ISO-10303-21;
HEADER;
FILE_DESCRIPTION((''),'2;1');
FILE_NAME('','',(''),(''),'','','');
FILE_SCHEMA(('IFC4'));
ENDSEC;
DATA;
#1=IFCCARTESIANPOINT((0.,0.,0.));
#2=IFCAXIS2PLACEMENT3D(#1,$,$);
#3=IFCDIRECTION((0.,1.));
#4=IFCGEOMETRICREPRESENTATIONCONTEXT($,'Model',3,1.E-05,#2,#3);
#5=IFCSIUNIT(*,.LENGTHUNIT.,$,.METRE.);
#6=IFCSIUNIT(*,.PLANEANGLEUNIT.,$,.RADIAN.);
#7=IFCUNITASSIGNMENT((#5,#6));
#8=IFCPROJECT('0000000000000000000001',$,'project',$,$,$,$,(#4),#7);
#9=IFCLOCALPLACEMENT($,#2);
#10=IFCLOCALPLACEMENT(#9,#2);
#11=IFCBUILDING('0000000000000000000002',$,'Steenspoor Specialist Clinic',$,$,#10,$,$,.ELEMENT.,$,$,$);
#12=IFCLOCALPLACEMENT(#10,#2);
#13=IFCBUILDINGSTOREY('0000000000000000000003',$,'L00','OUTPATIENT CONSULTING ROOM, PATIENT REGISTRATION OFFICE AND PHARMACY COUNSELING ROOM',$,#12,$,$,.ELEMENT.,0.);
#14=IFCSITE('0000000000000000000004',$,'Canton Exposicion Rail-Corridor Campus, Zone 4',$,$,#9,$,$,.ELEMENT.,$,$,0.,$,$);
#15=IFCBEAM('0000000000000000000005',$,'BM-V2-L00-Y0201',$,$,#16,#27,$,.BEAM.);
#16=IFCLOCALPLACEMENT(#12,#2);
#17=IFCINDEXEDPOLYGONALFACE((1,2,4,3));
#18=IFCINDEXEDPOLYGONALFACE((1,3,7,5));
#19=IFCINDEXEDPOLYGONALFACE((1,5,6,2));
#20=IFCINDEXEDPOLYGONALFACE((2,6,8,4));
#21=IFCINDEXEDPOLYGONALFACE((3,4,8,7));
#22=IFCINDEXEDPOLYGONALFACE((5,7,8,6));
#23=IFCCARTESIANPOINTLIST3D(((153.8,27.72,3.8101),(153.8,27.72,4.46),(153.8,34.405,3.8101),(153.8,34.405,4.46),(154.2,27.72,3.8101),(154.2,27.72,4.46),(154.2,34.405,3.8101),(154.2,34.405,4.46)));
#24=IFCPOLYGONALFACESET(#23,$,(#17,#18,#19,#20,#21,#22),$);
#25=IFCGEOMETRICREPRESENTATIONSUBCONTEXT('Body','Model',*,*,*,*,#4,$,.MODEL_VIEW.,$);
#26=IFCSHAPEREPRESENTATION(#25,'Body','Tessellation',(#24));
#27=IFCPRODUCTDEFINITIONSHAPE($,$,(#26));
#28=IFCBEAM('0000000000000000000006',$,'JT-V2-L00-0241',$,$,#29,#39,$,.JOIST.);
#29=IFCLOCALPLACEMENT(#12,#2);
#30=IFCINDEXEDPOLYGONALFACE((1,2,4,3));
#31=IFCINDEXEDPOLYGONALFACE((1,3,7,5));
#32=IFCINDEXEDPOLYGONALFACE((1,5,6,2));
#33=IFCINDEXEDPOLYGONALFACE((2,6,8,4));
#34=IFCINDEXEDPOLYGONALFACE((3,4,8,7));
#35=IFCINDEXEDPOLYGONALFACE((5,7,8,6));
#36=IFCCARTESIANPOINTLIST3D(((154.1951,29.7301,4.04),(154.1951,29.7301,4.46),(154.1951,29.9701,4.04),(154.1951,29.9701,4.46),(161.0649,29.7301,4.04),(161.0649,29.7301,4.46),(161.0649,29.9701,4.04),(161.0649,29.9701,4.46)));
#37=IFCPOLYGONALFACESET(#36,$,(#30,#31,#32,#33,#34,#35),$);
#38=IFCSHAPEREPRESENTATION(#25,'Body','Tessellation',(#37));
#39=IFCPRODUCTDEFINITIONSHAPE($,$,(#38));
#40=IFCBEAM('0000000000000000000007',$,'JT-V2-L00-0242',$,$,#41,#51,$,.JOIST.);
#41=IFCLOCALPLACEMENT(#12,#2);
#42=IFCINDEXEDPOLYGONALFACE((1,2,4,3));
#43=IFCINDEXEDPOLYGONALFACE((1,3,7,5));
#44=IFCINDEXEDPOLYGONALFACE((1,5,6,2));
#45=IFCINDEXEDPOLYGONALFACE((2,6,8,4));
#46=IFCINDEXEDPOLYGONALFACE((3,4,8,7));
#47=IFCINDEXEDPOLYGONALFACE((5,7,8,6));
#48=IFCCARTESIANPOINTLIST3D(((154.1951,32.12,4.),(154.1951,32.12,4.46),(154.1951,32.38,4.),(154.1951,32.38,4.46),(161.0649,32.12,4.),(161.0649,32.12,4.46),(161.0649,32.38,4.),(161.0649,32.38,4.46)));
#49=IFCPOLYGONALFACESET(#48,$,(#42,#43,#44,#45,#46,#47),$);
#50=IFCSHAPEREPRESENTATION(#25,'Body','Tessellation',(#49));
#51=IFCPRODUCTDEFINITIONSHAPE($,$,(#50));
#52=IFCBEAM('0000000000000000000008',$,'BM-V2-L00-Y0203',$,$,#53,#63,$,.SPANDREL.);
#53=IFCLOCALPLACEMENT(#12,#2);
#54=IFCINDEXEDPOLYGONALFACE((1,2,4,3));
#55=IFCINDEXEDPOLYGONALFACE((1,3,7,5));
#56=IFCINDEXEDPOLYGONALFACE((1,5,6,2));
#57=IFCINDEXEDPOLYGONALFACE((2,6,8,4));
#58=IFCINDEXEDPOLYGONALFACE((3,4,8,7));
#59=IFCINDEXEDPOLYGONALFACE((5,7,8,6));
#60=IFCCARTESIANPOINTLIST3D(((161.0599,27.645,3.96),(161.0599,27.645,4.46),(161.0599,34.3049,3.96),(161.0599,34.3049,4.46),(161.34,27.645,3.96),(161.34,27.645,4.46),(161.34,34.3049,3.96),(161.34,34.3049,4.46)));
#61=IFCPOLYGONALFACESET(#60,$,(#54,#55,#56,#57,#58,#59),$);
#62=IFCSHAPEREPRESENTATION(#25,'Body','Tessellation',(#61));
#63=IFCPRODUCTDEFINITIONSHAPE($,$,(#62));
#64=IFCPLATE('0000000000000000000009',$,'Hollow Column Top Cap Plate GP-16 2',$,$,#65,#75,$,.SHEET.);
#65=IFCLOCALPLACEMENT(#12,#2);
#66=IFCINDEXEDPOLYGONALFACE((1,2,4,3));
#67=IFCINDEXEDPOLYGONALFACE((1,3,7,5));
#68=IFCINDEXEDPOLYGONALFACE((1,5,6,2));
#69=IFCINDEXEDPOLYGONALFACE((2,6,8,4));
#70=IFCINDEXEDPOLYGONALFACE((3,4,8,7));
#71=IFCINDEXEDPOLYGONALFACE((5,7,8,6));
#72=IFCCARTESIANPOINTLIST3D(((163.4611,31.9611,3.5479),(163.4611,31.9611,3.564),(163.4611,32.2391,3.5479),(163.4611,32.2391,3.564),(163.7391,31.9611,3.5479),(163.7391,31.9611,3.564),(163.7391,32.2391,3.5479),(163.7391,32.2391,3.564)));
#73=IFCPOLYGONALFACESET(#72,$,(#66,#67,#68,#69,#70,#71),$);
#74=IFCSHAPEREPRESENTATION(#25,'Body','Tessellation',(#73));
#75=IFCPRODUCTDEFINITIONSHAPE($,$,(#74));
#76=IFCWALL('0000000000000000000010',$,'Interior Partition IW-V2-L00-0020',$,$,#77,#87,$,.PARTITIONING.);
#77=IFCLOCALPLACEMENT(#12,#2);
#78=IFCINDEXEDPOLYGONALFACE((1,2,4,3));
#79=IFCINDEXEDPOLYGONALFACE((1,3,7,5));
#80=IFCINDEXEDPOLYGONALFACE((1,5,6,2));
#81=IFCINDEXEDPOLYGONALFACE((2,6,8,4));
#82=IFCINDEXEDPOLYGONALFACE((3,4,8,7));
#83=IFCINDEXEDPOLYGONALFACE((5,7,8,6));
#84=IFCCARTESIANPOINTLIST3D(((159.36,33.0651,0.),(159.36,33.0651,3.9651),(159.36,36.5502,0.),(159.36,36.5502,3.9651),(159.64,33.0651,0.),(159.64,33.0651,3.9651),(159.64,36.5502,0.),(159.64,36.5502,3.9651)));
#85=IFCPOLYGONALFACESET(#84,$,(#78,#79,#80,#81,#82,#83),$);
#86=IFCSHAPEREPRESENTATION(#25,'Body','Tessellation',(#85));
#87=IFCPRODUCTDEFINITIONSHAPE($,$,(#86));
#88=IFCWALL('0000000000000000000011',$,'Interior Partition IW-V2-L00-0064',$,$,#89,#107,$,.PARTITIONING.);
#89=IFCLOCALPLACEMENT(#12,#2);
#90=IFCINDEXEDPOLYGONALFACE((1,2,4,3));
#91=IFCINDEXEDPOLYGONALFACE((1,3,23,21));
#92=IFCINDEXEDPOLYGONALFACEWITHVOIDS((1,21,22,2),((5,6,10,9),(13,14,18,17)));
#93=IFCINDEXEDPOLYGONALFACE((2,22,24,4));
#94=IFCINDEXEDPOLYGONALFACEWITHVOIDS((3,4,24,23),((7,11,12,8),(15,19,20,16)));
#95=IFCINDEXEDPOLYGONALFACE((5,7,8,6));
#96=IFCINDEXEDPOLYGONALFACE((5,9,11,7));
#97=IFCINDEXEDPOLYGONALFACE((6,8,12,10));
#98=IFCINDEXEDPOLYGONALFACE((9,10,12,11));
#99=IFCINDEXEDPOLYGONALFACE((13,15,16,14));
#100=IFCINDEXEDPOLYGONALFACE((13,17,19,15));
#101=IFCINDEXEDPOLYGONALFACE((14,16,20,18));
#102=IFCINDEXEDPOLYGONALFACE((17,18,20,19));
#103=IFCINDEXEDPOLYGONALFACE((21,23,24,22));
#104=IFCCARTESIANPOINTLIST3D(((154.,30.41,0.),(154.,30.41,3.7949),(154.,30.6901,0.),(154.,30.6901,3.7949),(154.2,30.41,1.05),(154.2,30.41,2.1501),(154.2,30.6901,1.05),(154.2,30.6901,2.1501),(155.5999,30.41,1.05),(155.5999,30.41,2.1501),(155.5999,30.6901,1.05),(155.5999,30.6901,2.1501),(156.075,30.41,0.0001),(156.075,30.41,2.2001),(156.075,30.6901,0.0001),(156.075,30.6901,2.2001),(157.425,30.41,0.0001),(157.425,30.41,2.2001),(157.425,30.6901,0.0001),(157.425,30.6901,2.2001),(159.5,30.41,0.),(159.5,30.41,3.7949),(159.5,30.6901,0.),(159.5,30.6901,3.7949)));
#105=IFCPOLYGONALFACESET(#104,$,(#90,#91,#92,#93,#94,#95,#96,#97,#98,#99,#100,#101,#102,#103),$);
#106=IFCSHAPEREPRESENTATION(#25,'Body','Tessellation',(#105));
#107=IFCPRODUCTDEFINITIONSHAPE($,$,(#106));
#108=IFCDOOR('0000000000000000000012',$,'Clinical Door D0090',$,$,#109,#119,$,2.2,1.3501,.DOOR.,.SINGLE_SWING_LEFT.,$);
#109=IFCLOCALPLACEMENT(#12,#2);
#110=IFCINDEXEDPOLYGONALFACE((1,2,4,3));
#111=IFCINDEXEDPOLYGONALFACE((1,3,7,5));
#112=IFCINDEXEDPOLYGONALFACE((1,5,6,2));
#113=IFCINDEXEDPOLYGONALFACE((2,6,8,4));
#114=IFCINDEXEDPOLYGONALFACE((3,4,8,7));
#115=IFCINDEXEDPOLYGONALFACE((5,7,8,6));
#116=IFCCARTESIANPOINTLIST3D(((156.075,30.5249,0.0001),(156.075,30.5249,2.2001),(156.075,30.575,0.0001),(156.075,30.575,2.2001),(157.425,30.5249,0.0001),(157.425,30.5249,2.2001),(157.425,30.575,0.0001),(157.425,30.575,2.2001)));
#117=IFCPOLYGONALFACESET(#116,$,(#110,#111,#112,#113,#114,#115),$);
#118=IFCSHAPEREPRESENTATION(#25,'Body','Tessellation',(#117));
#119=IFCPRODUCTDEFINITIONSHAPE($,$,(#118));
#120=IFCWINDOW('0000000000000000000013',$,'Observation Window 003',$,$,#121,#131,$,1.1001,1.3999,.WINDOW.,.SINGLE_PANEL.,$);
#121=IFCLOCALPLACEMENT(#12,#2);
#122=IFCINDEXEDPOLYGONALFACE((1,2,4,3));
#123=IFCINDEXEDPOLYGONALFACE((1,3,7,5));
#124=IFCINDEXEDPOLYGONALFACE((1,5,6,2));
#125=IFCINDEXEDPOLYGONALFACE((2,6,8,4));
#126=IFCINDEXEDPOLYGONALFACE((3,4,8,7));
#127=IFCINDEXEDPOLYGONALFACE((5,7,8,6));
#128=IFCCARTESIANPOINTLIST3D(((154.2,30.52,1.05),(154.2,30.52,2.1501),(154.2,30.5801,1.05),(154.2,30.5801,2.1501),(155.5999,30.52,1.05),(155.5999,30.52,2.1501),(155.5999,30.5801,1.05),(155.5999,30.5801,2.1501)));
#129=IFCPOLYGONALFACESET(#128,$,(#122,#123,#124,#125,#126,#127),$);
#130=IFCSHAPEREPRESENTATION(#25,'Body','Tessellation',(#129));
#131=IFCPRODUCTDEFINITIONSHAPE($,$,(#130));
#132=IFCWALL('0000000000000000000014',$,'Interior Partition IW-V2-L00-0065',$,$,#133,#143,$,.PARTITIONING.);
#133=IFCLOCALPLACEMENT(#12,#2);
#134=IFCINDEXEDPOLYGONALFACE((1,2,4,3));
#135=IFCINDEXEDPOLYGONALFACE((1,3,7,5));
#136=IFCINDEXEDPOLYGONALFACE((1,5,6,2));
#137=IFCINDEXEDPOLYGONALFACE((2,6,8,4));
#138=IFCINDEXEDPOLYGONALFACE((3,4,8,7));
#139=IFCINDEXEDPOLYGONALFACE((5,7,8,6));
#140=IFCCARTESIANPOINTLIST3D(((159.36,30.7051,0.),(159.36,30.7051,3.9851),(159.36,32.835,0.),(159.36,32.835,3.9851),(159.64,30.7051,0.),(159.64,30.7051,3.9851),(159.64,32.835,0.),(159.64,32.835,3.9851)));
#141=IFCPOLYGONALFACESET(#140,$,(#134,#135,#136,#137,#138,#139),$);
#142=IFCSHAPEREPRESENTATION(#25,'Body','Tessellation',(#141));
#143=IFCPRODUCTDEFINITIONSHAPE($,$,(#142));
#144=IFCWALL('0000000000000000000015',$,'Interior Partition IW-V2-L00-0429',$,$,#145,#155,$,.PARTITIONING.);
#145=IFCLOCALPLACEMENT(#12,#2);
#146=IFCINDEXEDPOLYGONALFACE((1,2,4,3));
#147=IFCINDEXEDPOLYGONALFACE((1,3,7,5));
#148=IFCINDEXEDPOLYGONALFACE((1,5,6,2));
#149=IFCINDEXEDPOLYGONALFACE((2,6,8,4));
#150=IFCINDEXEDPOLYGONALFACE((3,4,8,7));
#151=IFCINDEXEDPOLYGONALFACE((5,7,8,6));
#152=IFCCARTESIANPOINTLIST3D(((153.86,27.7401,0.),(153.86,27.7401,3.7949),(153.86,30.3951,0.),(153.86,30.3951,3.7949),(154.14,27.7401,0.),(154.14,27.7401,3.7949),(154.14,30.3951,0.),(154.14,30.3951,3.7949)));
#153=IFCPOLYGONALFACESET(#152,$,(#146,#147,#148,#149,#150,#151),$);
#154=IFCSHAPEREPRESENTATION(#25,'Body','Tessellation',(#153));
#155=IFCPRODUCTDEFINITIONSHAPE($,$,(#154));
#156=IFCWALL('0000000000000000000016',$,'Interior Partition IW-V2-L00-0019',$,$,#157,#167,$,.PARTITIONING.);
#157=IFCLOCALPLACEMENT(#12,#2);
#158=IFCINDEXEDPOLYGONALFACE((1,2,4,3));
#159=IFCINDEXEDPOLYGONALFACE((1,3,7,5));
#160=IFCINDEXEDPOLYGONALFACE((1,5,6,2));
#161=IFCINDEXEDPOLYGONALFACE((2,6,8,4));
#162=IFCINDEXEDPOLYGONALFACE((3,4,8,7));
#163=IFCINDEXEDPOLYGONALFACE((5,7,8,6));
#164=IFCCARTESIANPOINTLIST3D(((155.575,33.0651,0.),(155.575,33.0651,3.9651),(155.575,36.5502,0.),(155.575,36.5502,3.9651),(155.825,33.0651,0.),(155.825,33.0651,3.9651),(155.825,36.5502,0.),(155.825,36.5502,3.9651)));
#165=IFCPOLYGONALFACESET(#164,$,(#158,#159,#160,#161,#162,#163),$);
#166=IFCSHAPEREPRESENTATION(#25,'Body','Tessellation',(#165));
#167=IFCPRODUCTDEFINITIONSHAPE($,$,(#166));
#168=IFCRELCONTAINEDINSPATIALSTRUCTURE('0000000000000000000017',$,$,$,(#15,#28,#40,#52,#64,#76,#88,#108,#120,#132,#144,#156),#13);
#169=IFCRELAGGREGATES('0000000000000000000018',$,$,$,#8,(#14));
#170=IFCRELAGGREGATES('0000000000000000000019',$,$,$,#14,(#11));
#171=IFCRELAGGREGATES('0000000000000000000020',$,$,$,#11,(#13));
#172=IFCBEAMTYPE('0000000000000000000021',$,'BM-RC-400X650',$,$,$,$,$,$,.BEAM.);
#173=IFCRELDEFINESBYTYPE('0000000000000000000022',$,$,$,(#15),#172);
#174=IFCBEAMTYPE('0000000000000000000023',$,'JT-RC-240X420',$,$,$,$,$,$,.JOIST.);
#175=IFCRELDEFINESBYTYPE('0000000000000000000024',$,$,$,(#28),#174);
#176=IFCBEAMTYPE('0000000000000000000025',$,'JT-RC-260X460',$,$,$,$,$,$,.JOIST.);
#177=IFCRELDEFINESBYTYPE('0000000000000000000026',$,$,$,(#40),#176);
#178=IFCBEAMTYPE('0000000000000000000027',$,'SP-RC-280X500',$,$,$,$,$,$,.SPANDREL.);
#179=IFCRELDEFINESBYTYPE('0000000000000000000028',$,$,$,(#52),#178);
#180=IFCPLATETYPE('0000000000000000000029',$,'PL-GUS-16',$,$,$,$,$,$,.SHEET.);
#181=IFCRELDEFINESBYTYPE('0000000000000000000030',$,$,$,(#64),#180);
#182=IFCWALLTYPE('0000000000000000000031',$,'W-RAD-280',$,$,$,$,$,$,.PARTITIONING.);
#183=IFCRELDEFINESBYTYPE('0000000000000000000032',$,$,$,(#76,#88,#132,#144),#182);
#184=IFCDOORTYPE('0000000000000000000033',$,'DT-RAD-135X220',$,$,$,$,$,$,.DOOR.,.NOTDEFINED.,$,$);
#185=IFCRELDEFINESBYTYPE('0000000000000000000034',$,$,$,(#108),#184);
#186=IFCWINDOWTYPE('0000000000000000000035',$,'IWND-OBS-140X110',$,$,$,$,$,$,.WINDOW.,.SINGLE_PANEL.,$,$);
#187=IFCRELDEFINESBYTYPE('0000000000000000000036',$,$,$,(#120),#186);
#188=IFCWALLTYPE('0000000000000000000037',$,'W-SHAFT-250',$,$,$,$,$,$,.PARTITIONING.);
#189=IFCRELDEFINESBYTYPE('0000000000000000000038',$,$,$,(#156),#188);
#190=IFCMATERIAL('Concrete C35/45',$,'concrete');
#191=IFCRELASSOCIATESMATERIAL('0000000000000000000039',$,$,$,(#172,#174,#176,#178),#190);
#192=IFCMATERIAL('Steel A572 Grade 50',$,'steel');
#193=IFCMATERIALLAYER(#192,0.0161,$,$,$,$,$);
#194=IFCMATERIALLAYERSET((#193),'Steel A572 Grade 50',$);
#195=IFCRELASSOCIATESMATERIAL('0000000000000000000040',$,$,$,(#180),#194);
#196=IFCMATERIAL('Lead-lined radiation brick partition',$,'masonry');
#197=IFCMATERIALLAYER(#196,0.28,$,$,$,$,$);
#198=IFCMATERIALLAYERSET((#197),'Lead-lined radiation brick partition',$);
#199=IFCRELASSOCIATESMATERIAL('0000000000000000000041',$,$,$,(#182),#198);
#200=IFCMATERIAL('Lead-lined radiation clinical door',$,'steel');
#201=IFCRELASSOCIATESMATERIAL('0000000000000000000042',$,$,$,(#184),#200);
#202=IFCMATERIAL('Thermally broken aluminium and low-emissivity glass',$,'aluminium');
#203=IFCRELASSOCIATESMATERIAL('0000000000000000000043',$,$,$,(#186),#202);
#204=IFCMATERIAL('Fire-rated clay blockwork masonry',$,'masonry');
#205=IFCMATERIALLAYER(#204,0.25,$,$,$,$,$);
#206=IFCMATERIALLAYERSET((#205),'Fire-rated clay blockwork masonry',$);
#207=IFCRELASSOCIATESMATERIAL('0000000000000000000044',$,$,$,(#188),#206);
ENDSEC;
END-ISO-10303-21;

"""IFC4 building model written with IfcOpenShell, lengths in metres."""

from ifc_helpers import new_model, si_unit, direction, frame, frame_2d, origin, origin_2d, place, context, subcontext, project, spatial, rectangle, extrude, material, layer, layer_set, material_profile, profile_set, type_object, element, fill, save


model = new_model("IFC4")

# Units and contexts
model_context = context("Model", 3, precision=1e-05, world=origin(), true_north=direction((0.0, 1.0)))
body_context = subcontext(model_context, "Body", "Model", "MODEL_VIEW")
ifc_project = project(units=[si_unit("LENGTHUNIT", "METRE"), si_unit("PLANEANGLEUNIT", "RADIAN")], contexts=[model_context])

# Site, building, storey
site_placement = place(None, origin())
site = spatial("IfcSite", under=ifc_project, at=site_placement, Name="Canton Exposicion Rail-Corridor Campus, Zone 4", CompositionType="ELEMENT", RefElevation=0.0)
building_placement = place(site_placement, origin())
building = spatial("IfcBuilding", under=site, at=building_placement, Name="Steenspoor Specialist Clinic", CompositionType="ELEMENT")
storey_placement = place(building_placement, origin())
storey = spatial("IfcBuildingStorey", under=building, at=storey_placement, Name="L00", Description="OUTPATIENT CONSULTING ROOM, PATIENT REGISTRATION OFFICE AND PHARMACY COUNSELING ROOM", CompositionType="ELEMENT", Elevation=0.0)

# Shared definitions
ifc_material_1 = material(Name="Concrete C35/45", Category="concrete")

# Beams
ifc_material_profile_1 = material_profile(ifc_material_1, rectangle(XDim=0.3999, YDim=0.6499, at=origin_2d()), Name="RC-BM-400X650")
ifc_profile_set_1 = profile_set([ifc_material_profile_1], Name="Concrete C35/45")
beam_type_1 = type_object("IfcBeamType", Name="BM-RC-400X650", PredefinedType="BEAM", material=ifc_profile_set_1)
beam_1_placement = place(storey_placement, frame((154.0, 27.72, 4.135), z_axis=(0.0, 1.0, 0.0), x_axis=(-1.0, 0.0, 0.0)))
element("IfcBeam", 1, at=beam_1_placement, inside=storey, type_object=beam_type_1, Name="BM-V2-L00-Y0201", PredefinedType="BEAM", context=body_context, shape_type="SweptSolid", body=[
    extrude(rectangle(XDim=0.3999, YDim=0.6499, at=origin_2d()), origin(), (0.0, 0.0, 1.0), 6.6851),
])
ifc_material_profile_2 = material_profile(ifc_material_1, rectangle(XDim=0.24, YDim=0.4199, at=origin_2d()), Name="RC-JT-240X420")
ifc_profile_set_2 = profile_set([ifc_material_profile_2], Name="Concrete C35/45")
beam_type_2 = type_object("IfcBeamType", Name="JT-RC-240X420", PredefinedType="JOIST", material=ifc_profile_set_2)
beam_2_placement = place(storey_placement, frame((154.1951, 29.8501, 4.25), z_axis=(1.0, 0.0, 0.0), x_axis=(0.0, 1.0, 0.0)))
element("IfcBeam", 2, at=beam_2_placement, inside=storey, type_object=beam_type_2, Name="JT-V2-L00-0241", PredefinedType="JOIST", context=body_context, shape_type="SweptSolid", body=[
    extrude(rectangle(XDim=0.24, YDim=0.4199, at=origin_2d()), origin(), (0.0, 0.0, 1.0), 6.8699),
])
ifc_material_profile_3 = material_profile(ifc_material_1, rectangle(XDim=0.26, YDim=0.46, at=origin_2d()), Name="RC-JT-260X460")
ifc_profile_set_3 = profile_set([ifc_material_profile_3], Name="Concrete C35/45")
beam_type_3 = type_object("IfcBeamType", Name="JT-RC-260X460", PredefinedType="JOIST", material=ifc_profile_set_3)
beam_3_placement = place(storey_placement, frame((154.1951, 32.25, 4.23), z_axis=(1.0, 0.0, 0.0), x_axis=(0.0, 1.0, 0.0)))
element("IfcBeam", 3, at=beam_3_placement, inside=storey, type_object=beam_type_3, Name="JT-V2-L00-0242", PredefinedType="JOIST", context=body_context, shape_type="SweptSolid", body=[
    extrude(rectangle(XDim=0.26, YDim=0.46, at=origin_2d()), origin(), (0.0, 0.0, 1.0), 6.8699),
])
ifc_material_profile_4 = material_profile(ifc_material_1, rectangle(XDim=0.28, YDim=0.5, at=origin_2d()), Name="RC-SP-280X500")
ifc_profile_set_4 = profile_set([ifc_material_profile_4], Name="Concrete C35/45")
beam_type_4 = type_object("IfcBeamType", Name="SP-RC-280X500", PredefinedType="SPANDREL", material=ifc_profile_set_4)
beam_4_placement = place(storey_placement, frame((161.2, 27.645, 4.21), z_axis=(0.0, 1.0, 0.0), x_axis=(-1.0, 0.0, 0.0)))
element("IfcBeam", 4, at=beam_4_placement, inside=storey, type_object=beam_type_4, Name="BM-V2-L00-Y0203", PredefinedType="SPANDREL", context=body_context, shape_type="SweptSolid", body=[
    extrude(rectangle(XDim=0.28, YDim=0.5, at=origin_2d()), origin(), (0.0, 0.0, 1.0), 6.6599),
])

# Plate
ifc_material_2 = material(Name="Steel A572 Grade 50", Category="steel")
ifc_layer_1 = layer(ifc_material_2, 0.0161)
ifc_layer_set_1 = layer_set([ifc_layer_1], Name="Steel A572 Grade 50")
plate_type = type_object("IfcPlateType", Name="PL-GUS-16", PredefinedType="SHEET", material=ifc_layer_set_1)
plate_placement = place(storey_placement, frame((163.6001, 32.1001, 3.5479), z_axis=(0.0, 0.0, 1.0), x_axis=(1.0, 0.0, 0.0)))
element("IfcPlate", 5, at=plate_placement, inside=storey, type_object=plate_type, Name="Hollow Column Top Cap Plate GP-16 2", PredefinedType="SHEET", context=body_context, shape_type="SweptSolid", body=[
    extrude(rectangle(XDim=0.2781, YDim=0.2781, at=origin_2d()), origin(), (0.0, 0.0, 1.0), 0.0161),
])

# Wall
ifc_material_3 = material(Name="Lead-lined radiation brick partition", Category="masonry")
ifc_layer_2 = layer(ifc_material_3, 0.28)
ifc_layer_set_2 = layer_set([ifc_layer_2], Name="Lead-lined radiation brick partition")
wall_type_1 = type_object("IfcWallType", Name="W-RAD-280", PredefinedType="PARTITIONING", material=ifc_layer_set_2)
wall_1_placement = place(storey_placement, frame((159.5, 33.0649, 0.0), z_axis=(0.0, 0.0, 1.0), x_axis=(0.0, 1.0, 0.0)))
element("IfcWall", 6, at=wall_1_placement, inside=storey, type_object=wall_type_1, Name="Interior Partition IW-V2-L00-0020", PredefinedType="PARTITIONING", context=body_context, shape_type="SweptSolid", body=[
    extrude(rectangle(XDim=3.4851, YDim=0.28, at=frame_2d((1.7427, 0.0))), origin(), (0.0, 0.0, 1.0), 3.9651),
])

# Wall, openings, door, window
wall_2_placement = place(storey_placement, frame((154.0, 30.55, 0.0), z_axis=(0.0, 0.0, 1.0), x_axis=(1.0, 0.0, 0.0)))
wall_2 = element("IfcWall", 7, at=wall_2_placement, inside=storey, type_object=wall_type_1, Name="Interior Partition IW-V2-L00-0064", PredefinedType="PARTITIONING", context=body_context, shape_type="SweptSolid", body=[
    extrude(rectangle(XDim=5.5, YDim=0.28, at=frame_2d((2.75, 0.0))), origin(), (0.0, 0.0, 1.0), 3.7949),
])
opening_1_placement = place(wall_2_placement, frame((2.075, 0.0, 0.0)))
opening_1 = element("IfcOpeningElement", 8, at=opening_1_placement, cuts=wall_2, PredefinedType="OPENING", context=body_context, shape_type="SweptSolid", body=[
    extrude(rectangle(XDim=1.3501, YDim=2.2, at=frame_2d((0.675, 1.1001))), frame((0.0, 0.1499, 0.0), z_axis=(0.0, -1.0, 0.0), x_axis=(1.0, 0.0, 0.0)), (0.0, 0.0, 1.0), 0.3),
])
opening_2_placement = place(wall_2_placement, frame((0.2, 0.0, 1.05)))
opening_2 = element("IfcOpeningElement", 9, at=opening_2_placement, cuts=wall_2, PredefinedType="OPENING", context=body_context, shape_type="SweptSolid", body=[
    extrude(rectangle(XDim=1.3999, YDim=1.1001, at=frame_2d((0.7, 0.55))), frame((0.0, 0.1499, 0.0), z_axis=(0.0, -1.0, 0.0), x_axis=(1.0, 0.0, 0.0)), (0.0, 0.0, 1.0), 0.3),
])
ifc_material_4 = material(Name="Lead-lined radiation clinical door", Category="steel")
door_type_1 = type_object("IfcDoorType", Name="DT-RAD-135X220", OperationType="NOTDEFINED", PredefinedType="DOOR", material=ifc_material_4)
door_1_placement = place(opening_1_placement, origin())
door_1 = element("IfcDoor", 10, at=door_1_placement, inside=storey, type_object=door_type_1, Name="Clinical Door D0090", OperationType="SINGLE_SWING_LEFT", OverallHeight=2.2, OverallWidth=1.3501, PredefinedType="DOOR", context=body_context, shape_type="SweptSolid", body=[
    extrude(rectangle(XDim=1.3501, YDim=2.2, at=frame_2d((0.675, 1.1001))), frame((0.0, 0.0249, 0.0), z_axis=(0.0, -1.0, 0.0), x_axis=(1.0, 0.0, 0.0)), (0.0, 0.0, 1.0), 0.05),
])
fill(opening_1, door_1)
ifc_material_5 = material(Name="Thermally broken aluminium and low-emissivity glass", Category="aluminium")
window_type = type_object("IfcWindowType", Name="IWND-OBS-140X110", PartitioningType="SINGLE_PANEL", PredefinedType="WINDOW", material=ifc_material_5)
window_placement = place(opening_2_placement, origin())
window = element("IfcWindow", 11, at=window_placement, inside=storey, type_object=window_type, Name="Observation Window 003", OverallHeight=1.1001, OverallWidth=1.3999, PartitioningType="SINGLE_PANEL", PredefinedType="WINDOW", context=body_context, shape_type="SweptSolid", body=[
    extrude(rectangle(XDim=1.3999, YDim=1.1001, at=frame_2d((0.7, 0.55))), frame((0.0, 0.03, 0.0), z_axis=(0.0, -1.0, 0.0), x_axis=(1.0, 0.0, 0.0)), (0.0, 0.0, 1.0), 0.0601),
])
fill(opening_2, window)

# Walls
wall_3_placement = place(storey_placement, frame((159.5, 30.7051, 0.0), z_axis=(0.0, 0.0, 1.0), x_axis=(0.0, 1.0, 0.0)))
element("IfcWall", 12, at=wall_3_placement, inside=storey, type_object=wall_type_1, Name="Interior Partition IW-V2-L00-0065", PredefinedType="PARTITIONING", context=body_context, shape_type="SweptSolid", body=[
    extrude(rectangle(XDim=2.1299, YDim=0.28, at=frame_2d((1.0649, 0.0))), origin(), (0.0, 0.0, 1.0), 3.9851),
])
wall_4_placement = place(storey_placement, frame((154.0, 27.74, 0.0), z_axis=(0.0, 0.0, 1.0), x_axis=(0.0, 1.0, 0.0)))
element("IfcWall", 13, at=wall_4_placement, inside=storey, type_object=wall_type_1, Name="Interior Partition IW-V2-L00-0429", PredefinedType="PARTITIONING", context=body_context, shape_type="SweptSolid", body=[
    extrude(rectangle(XDim=2.655, YDim=0.28, at=frame_2d((1.3276, 0.0))), origin(), (0.0, 0.0, 1.0), 3.7949),
])
ifc_material_6 = material(Name="Fire-rated clay blockwork masonry", Category="masonry")
ifc_layer_3 = layer(ifc_material_6, 0.25)
ifc_layer_set_3 = layer_set([ifc_layer_3], Name="Fire-rated clay blockwork masonry")
wall_type_2 = type_object("IfcWallType", Name="W-SHAFT-250", PredefinedType="PARTITIONING", material=ifc_layer_set_3)
wall_5_placement = place(storey_placement, frame((155.7, 33.0649, 0.0), z_axis=(0.0, 0.0, 1.0), x_axis=(0.0, 1.0, 0.0)))
element("IfcWall", 14, at=wall_5_placement, inside=storey, type_object=wall_type_2, Name="Interior Partition IW-V2-L00-0019", PredefinedType="PARTITIONING", context=body_context, shape_type="SweptSolid", body=[
    extrude(rectangle(XDim=3.4851, YDim=0.25, at=frame_2d((1.7427, 0.0))), origin(), (0.0, 0.0, 1.0), 3.9651),
])

save(model, "model.ifc")
